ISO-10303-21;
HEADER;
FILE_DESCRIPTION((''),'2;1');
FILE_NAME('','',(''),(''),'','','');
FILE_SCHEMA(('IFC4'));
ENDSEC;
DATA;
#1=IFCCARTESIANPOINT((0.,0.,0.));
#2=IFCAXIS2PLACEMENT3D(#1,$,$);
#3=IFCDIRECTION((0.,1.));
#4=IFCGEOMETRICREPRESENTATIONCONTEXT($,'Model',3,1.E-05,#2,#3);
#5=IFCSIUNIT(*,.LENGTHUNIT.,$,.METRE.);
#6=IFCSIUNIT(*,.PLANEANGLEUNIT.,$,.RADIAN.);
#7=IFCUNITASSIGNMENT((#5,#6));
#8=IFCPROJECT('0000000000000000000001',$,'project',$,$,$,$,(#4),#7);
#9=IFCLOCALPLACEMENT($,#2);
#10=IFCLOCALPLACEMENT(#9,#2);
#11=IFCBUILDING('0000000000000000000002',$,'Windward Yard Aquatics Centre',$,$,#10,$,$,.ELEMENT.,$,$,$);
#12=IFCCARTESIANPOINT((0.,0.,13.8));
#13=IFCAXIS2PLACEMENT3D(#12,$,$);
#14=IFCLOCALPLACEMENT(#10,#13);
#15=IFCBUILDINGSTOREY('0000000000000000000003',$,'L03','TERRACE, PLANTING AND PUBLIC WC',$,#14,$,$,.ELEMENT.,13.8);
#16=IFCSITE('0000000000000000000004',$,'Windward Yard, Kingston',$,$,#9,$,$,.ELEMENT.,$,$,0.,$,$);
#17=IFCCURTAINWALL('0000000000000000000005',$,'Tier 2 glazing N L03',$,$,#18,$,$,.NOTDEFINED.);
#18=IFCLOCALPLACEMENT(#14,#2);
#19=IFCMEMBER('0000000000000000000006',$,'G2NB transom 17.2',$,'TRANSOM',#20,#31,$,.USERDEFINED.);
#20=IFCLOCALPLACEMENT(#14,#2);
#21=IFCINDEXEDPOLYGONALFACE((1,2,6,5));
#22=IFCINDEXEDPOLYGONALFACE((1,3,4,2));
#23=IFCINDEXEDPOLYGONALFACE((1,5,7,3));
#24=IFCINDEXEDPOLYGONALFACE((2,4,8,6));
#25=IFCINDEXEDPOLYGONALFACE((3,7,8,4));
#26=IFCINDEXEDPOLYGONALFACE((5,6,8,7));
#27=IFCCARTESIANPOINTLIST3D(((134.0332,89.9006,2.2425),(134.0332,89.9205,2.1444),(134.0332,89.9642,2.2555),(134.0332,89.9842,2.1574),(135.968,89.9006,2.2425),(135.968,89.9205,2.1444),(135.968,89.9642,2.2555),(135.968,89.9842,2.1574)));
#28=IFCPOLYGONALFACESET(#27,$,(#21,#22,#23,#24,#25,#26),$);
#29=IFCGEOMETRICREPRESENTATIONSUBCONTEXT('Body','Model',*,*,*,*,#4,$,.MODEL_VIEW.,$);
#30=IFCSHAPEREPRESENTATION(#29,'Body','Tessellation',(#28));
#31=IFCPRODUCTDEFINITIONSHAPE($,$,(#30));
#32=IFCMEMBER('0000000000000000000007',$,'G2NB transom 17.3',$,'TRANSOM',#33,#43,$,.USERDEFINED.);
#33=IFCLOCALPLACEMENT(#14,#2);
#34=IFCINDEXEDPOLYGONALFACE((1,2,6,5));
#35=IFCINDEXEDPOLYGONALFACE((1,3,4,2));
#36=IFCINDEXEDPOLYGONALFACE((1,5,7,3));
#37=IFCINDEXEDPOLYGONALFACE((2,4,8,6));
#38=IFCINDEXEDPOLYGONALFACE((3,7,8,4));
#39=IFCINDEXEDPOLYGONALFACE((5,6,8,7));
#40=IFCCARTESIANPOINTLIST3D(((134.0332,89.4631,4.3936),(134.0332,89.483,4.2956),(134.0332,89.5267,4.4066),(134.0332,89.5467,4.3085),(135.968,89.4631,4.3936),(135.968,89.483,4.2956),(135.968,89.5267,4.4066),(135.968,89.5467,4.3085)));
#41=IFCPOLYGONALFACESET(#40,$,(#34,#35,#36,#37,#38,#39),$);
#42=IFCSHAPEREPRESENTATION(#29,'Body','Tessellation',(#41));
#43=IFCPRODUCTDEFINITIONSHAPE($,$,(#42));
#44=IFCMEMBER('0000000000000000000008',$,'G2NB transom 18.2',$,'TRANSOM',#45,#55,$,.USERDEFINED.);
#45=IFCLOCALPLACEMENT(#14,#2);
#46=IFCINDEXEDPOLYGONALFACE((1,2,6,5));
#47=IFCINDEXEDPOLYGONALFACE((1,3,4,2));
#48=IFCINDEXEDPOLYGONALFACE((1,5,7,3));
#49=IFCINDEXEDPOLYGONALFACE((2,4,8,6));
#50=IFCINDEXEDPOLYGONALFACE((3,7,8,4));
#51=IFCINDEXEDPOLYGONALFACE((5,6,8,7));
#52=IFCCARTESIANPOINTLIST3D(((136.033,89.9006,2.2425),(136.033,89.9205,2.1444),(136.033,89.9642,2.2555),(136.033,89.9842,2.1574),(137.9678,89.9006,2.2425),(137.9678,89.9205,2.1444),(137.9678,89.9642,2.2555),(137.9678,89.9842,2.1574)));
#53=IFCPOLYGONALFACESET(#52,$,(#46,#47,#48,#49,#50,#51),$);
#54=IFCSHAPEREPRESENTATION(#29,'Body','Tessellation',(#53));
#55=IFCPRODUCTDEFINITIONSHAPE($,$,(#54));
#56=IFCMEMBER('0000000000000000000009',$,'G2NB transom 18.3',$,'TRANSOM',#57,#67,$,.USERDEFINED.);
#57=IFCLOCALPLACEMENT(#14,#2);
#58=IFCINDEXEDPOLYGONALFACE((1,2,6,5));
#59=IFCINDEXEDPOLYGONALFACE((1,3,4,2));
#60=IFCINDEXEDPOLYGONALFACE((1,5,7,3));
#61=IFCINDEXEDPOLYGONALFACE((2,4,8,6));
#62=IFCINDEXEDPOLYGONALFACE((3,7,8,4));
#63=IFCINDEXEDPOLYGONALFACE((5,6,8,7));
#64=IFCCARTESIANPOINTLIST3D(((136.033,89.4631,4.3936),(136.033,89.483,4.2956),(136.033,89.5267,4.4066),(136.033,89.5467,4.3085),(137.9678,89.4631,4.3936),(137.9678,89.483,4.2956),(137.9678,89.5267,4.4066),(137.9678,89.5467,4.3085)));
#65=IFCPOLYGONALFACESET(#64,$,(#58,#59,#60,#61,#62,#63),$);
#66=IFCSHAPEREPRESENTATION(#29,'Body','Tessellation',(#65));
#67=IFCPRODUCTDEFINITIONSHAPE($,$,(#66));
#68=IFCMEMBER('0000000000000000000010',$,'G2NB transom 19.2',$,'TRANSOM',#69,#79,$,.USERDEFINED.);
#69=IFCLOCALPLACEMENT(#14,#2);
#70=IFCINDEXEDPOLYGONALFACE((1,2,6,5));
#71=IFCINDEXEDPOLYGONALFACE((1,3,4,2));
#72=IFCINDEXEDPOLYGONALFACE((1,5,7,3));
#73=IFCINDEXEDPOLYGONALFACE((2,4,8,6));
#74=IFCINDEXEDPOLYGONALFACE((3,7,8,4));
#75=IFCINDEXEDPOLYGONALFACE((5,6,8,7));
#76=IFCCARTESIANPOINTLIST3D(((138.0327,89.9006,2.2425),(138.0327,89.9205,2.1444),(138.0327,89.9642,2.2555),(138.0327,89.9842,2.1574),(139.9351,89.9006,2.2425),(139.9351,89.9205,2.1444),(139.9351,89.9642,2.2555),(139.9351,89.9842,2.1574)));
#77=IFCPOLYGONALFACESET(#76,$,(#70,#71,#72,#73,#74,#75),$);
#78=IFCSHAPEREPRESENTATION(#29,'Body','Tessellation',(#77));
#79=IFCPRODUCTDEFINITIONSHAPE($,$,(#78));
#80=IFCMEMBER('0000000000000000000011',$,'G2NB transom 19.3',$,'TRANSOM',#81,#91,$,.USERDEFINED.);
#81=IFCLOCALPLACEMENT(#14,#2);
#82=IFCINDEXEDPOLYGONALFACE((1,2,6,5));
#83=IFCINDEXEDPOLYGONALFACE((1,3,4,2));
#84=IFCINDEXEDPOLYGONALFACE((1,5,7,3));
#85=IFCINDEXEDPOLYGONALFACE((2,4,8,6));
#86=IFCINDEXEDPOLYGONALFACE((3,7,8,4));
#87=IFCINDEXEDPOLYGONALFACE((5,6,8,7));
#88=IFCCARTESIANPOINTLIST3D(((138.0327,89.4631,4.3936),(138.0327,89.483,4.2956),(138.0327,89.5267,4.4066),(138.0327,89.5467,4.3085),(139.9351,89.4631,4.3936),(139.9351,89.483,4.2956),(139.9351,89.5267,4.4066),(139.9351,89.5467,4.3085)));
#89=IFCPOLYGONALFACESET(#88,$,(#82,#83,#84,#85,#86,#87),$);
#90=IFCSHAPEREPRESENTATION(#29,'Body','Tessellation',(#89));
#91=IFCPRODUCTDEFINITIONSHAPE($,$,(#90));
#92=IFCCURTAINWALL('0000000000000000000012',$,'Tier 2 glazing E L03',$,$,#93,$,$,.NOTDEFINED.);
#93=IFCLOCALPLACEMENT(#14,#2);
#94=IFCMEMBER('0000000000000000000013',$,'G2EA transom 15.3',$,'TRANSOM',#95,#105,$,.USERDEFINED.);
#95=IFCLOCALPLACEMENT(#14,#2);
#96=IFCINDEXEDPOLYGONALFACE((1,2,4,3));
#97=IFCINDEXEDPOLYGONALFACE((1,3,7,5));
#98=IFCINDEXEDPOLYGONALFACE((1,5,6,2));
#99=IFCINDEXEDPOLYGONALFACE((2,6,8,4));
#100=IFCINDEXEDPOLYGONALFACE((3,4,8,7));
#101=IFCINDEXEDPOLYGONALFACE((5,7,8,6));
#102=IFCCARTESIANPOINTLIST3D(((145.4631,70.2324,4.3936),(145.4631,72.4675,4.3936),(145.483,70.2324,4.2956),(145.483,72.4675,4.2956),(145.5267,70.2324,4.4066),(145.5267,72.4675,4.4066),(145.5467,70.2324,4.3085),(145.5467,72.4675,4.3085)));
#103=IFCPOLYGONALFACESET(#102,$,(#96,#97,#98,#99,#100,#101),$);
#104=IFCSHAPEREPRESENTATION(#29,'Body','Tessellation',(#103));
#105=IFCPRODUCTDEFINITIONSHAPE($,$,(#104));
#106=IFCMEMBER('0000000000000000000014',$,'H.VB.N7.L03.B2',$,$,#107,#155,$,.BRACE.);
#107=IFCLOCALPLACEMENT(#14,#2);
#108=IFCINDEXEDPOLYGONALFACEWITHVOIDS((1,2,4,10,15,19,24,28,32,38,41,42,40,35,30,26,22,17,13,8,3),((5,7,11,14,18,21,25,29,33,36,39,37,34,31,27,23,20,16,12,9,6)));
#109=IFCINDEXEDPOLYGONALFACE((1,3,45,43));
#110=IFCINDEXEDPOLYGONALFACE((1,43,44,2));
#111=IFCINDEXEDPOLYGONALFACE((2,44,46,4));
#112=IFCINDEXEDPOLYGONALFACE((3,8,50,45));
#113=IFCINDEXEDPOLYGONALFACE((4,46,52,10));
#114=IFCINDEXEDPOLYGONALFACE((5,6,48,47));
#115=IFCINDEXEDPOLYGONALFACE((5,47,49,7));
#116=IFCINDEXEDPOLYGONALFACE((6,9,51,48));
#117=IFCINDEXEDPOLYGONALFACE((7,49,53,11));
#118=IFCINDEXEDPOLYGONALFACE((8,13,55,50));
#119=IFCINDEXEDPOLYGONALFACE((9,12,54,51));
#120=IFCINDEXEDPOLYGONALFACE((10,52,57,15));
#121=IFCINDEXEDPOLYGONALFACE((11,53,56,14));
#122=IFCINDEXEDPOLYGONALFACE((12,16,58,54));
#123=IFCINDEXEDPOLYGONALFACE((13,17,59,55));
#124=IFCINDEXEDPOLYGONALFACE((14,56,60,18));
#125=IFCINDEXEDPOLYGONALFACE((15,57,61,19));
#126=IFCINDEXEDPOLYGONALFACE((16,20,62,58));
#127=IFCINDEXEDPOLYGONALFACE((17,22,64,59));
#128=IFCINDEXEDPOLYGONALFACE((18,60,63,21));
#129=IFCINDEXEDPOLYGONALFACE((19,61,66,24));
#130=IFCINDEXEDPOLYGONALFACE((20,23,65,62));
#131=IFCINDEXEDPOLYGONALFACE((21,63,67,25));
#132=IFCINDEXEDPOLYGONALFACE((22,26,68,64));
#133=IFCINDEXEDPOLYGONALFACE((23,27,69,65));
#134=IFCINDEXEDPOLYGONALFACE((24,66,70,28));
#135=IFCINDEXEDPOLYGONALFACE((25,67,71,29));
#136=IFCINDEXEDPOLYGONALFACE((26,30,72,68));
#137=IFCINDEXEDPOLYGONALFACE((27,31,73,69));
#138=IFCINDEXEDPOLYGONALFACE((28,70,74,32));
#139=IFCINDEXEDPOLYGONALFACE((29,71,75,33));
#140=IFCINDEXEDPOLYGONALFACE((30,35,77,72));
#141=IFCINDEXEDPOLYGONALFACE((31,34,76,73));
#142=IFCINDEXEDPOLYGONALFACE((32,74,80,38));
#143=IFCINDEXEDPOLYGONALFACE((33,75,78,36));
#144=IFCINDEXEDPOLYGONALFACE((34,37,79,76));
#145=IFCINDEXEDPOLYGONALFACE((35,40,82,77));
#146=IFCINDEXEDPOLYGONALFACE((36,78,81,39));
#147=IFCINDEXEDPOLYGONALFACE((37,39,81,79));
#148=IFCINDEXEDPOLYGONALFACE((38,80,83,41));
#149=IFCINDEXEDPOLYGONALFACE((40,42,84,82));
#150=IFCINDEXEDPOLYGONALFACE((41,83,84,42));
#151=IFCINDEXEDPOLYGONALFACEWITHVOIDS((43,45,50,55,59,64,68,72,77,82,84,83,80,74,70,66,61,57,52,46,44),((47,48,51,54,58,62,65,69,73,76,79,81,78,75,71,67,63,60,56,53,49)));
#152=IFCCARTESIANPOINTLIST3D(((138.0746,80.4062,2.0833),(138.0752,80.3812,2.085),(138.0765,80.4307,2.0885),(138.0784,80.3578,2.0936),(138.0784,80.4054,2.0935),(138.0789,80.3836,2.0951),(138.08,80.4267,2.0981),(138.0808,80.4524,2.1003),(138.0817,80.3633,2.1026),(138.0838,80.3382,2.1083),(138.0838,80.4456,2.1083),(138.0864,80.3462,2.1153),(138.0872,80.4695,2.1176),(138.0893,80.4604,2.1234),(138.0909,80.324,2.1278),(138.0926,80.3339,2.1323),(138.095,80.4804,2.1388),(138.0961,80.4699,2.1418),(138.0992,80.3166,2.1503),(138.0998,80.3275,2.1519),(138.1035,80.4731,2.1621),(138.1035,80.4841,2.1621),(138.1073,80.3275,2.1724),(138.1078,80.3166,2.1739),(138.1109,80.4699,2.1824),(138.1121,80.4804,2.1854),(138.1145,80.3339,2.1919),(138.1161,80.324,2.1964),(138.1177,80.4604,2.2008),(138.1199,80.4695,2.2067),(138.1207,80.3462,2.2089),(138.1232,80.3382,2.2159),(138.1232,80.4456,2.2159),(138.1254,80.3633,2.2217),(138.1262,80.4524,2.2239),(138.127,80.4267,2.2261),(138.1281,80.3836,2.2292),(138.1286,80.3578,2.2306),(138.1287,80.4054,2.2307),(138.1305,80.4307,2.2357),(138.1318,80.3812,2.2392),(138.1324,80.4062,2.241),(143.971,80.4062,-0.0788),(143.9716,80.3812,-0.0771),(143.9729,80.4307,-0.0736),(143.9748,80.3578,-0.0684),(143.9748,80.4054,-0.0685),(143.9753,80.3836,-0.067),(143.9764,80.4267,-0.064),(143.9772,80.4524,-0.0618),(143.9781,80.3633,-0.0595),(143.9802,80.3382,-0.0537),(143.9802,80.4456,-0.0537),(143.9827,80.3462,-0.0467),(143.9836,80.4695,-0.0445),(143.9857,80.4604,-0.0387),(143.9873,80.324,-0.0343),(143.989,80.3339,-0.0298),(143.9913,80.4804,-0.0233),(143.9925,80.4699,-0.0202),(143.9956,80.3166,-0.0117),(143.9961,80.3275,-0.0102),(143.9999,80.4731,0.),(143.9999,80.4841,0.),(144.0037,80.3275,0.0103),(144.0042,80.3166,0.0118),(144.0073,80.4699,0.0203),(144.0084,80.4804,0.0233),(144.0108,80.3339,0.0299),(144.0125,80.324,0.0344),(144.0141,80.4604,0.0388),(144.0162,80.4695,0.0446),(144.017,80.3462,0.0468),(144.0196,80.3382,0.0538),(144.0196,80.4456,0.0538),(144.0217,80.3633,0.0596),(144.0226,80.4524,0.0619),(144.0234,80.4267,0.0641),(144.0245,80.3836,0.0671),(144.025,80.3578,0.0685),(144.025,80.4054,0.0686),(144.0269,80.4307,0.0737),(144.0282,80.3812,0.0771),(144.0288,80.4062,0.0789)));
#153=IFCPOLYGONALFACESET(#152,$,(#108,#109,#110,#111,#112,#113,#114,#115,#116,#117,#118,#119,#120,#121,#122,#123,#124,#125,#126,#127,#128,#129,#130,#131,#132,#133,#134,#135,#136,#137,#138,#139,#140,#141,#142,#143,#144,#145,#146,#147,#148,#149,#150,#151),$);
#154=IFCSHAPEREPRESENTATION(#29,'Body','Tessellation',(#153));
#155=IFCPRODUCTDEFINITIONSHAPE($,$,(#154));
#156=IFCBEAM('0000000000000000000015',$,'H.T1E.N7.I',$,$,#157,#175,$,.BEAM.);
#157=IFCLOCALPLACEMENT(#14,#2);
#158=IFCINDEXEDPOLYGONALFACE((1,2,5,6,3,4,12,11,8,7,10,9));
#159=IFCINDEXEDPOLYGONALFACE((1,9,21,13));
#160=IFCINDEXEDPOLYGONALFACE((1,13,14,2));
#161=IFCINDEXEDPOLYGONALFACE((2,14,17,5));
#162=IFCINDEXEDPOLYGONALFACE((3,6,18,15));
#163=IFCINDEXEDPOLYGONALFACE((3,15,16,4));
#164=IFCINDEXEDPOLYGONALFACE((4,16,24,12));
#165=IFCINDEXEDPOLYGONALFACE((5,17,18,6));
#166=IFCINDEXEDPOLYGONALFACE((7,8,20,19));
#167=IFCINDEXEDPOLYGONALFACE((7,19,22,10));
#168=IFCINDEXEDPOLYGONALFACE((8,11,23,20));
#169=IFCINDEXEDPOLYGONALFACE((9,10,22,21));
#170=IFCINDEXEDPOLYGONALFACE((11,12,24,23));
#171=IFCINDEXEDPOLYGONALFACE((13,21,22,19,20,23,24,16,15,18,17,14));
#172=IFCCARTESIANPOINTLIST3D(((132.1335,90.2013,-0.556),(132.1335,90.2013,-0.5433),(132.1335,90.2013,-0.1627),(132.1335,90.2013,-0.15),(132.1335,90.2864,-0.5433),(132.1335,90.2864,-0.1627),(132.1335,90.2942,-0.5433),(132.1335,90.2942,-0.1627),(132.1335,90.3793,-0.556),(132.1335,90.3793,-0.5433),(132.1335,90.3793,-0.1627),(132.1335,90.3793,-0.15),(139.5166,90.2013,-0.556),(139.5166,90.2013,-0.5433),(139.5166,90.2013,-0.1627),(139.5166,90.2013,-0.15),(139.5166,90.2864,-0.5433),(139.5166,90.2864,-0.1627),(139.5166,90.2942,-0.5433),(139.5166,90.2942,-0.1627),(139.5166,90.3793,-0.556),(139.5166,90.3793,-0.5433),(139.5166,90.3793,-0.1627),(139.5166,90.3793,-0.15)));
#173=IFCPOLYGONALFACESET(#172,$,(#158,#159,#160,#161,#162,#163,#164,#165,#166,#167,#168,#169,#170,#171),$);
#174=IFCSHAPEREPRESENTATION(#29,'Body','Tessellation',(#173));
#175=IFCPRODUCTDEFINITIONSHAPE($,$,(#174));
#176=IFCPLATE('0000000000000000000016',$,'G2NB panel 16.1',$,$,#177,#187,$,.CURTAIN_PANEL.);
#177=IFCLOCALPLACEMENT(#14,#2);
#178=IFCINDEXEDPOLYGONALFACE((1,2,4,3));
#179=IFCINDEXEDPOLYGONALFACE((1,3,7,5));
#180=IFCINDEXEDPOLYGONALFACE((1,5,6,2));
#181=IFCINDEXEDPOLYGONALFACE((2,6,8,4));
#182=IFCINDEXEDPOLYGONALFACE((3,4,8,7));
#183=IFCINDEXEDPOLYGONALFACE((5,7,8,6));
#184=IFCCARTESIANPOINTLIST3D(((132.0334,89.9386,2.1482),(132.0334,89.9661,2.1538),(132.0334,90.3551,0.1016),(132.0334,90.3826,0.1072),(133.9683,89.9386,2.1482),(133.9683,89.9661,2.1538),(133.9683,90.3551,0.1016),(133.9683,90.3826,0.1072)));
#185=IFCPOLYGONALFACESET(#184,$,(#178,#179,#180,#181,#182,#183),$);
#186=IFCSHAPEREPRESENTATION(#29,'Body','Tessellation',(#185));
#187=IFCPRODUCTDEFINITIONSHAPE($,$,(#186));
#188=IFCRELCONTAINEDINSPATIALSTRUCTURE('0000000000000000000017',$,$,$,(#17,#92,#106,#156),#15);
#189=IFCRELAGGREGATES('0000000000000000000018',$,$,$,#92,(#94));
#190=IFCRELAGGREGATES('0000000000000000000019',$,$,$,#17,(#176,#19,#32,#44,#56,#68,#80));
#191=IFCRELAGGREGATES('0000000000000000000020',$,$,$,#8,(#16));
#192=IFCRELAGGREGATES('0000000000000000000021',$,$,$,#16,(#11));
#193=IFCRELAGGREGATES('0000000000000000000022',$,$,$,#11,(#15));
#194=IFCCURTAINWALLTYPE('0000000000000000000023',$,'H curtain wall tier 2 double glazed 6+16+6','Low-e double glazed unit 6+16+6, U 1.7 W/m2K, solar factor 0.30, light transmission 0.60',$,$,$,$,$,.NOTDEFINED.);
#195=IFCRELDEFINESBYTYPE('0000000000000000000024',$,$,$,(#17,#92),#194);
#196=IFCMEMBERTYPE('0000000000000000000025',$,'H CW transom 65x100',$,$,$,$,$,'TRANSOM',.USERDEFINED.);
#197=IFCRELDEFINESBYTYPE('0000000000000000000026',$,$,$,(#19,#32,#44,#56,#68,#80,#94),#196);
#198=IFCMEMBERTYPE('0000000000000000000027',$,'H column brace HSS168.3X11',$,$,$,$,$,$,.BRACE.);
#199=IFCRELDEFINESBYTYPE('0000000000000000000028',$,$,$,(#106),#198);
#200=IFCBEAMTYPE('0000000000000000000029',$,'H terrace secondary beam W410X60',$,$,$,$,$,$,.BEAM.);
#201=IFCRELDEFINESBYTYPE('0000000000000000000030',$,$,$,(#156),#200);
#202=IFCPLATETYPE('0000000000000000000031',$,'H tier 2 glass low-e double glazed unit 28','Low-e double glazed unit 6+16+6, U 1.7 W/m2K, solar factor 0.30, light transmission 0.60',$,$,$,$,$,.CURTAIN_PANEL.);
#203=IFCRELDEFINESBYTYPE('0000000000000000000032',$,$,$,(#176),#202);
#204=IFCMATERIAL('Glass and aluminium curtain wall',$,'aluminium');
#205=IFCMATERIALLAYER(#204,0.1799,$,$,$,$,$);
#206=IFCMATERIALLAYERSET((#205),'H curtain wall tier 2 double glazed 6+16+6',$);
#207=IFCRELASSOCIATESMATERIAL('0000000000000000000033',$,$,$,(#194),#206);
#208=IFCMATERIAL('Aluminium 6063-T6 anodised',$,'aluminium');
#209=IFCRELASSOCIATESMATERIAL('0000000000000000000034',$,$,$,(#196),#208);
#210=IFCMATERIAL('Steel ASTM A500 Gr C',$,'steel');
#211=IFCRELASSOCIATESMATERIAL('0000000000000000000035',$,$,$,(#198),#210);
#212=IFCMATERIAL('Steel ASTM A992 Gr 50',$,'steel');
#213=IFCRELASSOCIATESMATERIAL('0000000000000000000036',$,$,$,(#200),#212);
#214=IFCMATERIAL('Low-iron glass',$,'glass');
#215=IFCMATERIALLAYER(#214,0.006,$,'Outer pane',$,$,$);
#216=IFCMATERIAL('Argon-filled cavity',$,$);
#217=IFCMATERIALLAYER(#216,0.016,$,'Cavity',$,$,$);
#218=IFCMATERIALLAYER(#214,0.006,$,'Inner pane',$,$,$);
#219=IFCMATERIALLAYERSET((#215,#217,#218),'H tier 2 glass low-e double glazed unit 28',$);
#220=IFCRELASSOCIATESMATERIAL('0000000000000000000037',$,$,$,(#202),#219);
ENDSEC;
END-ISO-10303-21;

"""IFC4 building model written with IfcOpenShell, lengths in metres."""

from ifc_helpers import new_model, si_unit, direction, frame, origin, origin_2d, place, context, subcontext, project, spatial, polyline, rectangle, hollow_circle, i_section, outline, extrude, material, layer, layer_set, material_profile, profile_set, type_object, element, aggregate, save


model = new_model("IFC4")

# Units and contexts
model_context = context("Model", 3, precision=1e-05, world=origin(), true_north=direction((0.0, 1.0)))
body_context = subcontext(model_context, "Body", "Model", "MODEL_VIEW")
ifc_project = project(units=[si_unit("LENGTHUNIT", "METRE"), si_unit("PLANEANGLEUNIT", "RADIAN")], contexts=[model_context])

# Site, building, storey
site_placement = place(None, origin())
site = spatial("IfcSite", under=ifc_project, at=site_placement, Name="Windward Yard, Kingston", CompositionType="ELEMENT", RefElevation=0.0)
building_placement = place(site_placement, origin())
building = spatial("IfcBuilding", under=site, at=building_placement, Name="Windward Yard Aquatics Centre", CompositionType="ELEMENT")
storey_placement = place(building_placement, frame((0.0, 0.0, 13.8)))
storey = spatial("IfcBuildingStorey", under=building, at=storey_placement, Name="L03", Description="TERRACE, PLANTING AND PUBLIC WC", CompositionType="ELEMENT", Elevation=13.8)

# Shared definitions
ifc_material_1 = material(Name="Steel ASTM A500 Gr C", Category="steel")

# Curtain wall, members
ifc_material_2 = material(Name="Glass and aluminium curtain wall", Category="aluminium")
ifc_layer_1 = layer(ifc_material_2, 0.1799)
ifc_layer_set_1 = layer_set([ifc_layer_1], Name="H curtain wall tier 2 double glazed 6+16+6")
curtain_wall_type = type_object("IfcCurtainWallType", Name="H curtain wall tier 2 double glazed 6+16+6", Description="Low-e double glazed unit 6+16+6, U 1.7 W/m2K, solar factor 0.30, light transmission 0.60", PredefinedType="NOTDEFINED", material=ifc_layer_set_1)
curtain_wall_1_placement = place(storey_placement, origin())
curtain_wall_1 = element("IfcCurtainWall", 1, at=curtain_wall_1_placement, inside=storey, type_object=curtain_wall_type, Name="Tier 2 glazing N L03", PredefinedType="NOTDEFINED")
ifc_material_3 = material(Name="Aluminium 6063-T6 anodised", Category="aluminium")
ifc_material_profile_1 = material_profile(ifc_material_3, rectangle(XDim=0.0649, YDim=0.1001, at=origin_2d()), Name="H CW transom 65x100")
ifc_profile_set_1 = profile_set([ifc_material_profile_1], Name="Aluminium 6063-T6 anodised")
member_type_1 = type_object("IfcMemberType", Name="H CW transom 65x100", ElementType="TRANSOM", PredefinedType="USERDEFINED", material=ifc_profile_set_1)
member_1_placement = place(storey_placement, frame((134.0332, 89.9424, 2.2), z_axis=(1.0, 0.0, 0.0), x_axis=(0.0, 0.979925, 0.199368)))
member_1 = element("IfcMember", 2, at=member_1_placement, type_object=member_type_1, Name="G2NB transom 17.2", ObjectType="TRANSOM", PredefinedType="USERDEFINED", context=body_context, shape_type="SweptSolid", body=[
    extrude(rectangle(XDim=0.0649, YDim=0.1001, at=origin_2d()), origin(), (0.0, 0.0, 1.0), 1.9348),
])
member_2_placement = place(storey_placement, frame((134.0332, 89.5049, 4.3511), z_axis=(1.0, 0.0, 0.0), x_axis=(0.0, 0.979925, 0.199368)))
member_2 = element("IfcMember", 3, at=member_2_placement, type_object=member_type_1, Name="G2NB transom 17.3", ObjectType="TRANSOM", PredefinedType="USERDEFINED", context=body_context, shape_type="SweptSolid", body=[
    extrude(rectangle(XDim=0.0649, YDim=0.1001, at=origin_2d()), origin(), (0.0, 0.0, 1.0), 1.9348),
])
member_3_placement = place(storey_placement, frame((136.033, 89.9424, 2.2), z_axis=(1.0, 0.0, 0.0), x_axis=(0.0, 0.979925, 0.199368)))
member_3 = element("IfcMember", 4, at=member_3_placement, type_object=member_type_1, Name="G2NB transom 18.2", ObjectType="TRANSOM", PredefinedType="USERDEFINED", context=body_context, shape_type="SweptSolid", body=[
    extrude(rectangle(XDim=0.0649, YDim=0.1001, at=origin_2d()), origin(), (0.0, 0.0, 1.0), 1.9348),
])
member_4_placement = place(storey_placement, frame((136.033, 89.5049, 4.3511), z_axis=(1.0, 0.0, 0.0), x_axis=(0.0, 0.979925, 0.199368)))
member_4 = element("IfcMember", 5, at=member_4_placement, type_object=member_type_1, Name="G2NB transom 18.3", ObjectType="TRANSOM", PredefinedType="USERDEFINED", context=body_context, shape_type="SweptSolid", body=[
    extrude(rectangle(XDim=0.0649, YDim=0.1001, at=origin_2d()), origin(), (0.0, 0.0, 1.0), 1.9348),
])
member_5_placement = place(storey_placement, frame((138.0327, 89.9424, 2.2), z_axis=(1.0, 0.0, 0.0), x_axis=(0.0, 0.979925, 0.199368)))
member_5 = element("IfcMember", 6, at=member_5_placement, type_object=member_type_1, Name="G2NB transom 19.2", ObjectType="TRANSOM", PredefinedType="USERDEFINED", context=body_context, shape_type="SweptSolid", body=[
    extrude(rectangle(XDim=0.0649, YDim=0.1001, at=origin_2d()), origin(), (0.0, 0.0, 1.0), 1.9023),
])
member_6_placement = place(storey_placement, frame((138.0327, 89.5049, 4.3511), z_axis=(1.0, 0.0, 0.0), x_axis=(0.0, 0.979925, 0.199368)))
member_6 = element("IfcMember", 7, at=member_6_placement, type_object=member_type_1, Name="G2NB transom 19.3", ObjectType="TRANSOM", PredefinedType="USERDEFINED", context=body_context, shape_type="SweptSolid", body=[
    extrude(rectangle(XDim=0.0649, YDim=0.1001, at=origin_2d()), origin(), (0.0, 0.0, 1.0), 1.9023),
])

# Curtain wall, member
curtain_wall_2_placement = place(storey_placement, origin())
curtain_wall_2 = element("IfcCurtainWall", 8, at=curtain_wall_2_placement, inside=storey, type_object=curtain_wall_type, Name="Tier 2 glazing E L03", PredefinedType="NOTDEFINED")
member_7_placement = place(storey_placement, frame((145.5049, 70.2324, 4.3511), z_axis=(0.0, 1.0, 0.0), x_axis=(0.979925, 0.0, 0.199368)))
member_7 = element("IfcMember", 9, at=member_7_placement, type_object=member_type_1, Name="G2EA transom 15.3", ObjectType="TRANSOM", PredefinedType="USERDEFINED", context=body_context, shape_type="SweptSolid", body=[
    extrude(rectangle(XDim=0.0649, YDim=0.1001, at=origin_2d()), origin(), (0.0, 0.0, 1.0), 2.2351),
])
aggregate(curtain_wall_2, [member_7])

# Member
ifc_material_profile_2 = material_profile(ifc_material_1, hollow_circle(Radius=0.0842, WallThickness=0.011, at=origin_2d()), Name="HSS168.3X11")
ifc_profile_set_2 = profile_set([ifc_material_profile_2], Name="Steel ASTM A500 Gr C")
member_type_2 = type_object("IfcMemberType", Name="H column brace HSS168.3X11", PredefinedType="BRACE", material=ifc_profile_set_2)
member_8_placement = place(storey_placement, frame((138.1035, 80.3999, 2.1621), z_axis=(0.938873, 0.0, -0.344264), x_axis=(0.0, 1.0, 0.0)))
element("IfcMember", 10, at=member_8_placement, inside=storey, type_object=member_type_2, Name="H.VB.N7.L03.B2", PredefinedType="BRACE", context=body_context, shape_type="SweptSolid", body=[
    extrude(hollow_circle(Radius=0.0842, WallThickness=0.011, at=origin_2d()), origin(), (0.0, 0.0, 1.0), 6.2803),
])

# Beam
ifc_material_4 = material(Name="Steel ASTM A992 Gr 50", Category="steel")
ifc_material_profile_3 = material_profile(ifc_material_4, i_section(OverallWidth=0.178, OverallDepth=0.406, WebThickness=0.0078, FlangeThickness=0.0127, at=origin_2d()), Name="W410X60")
ifc_profile_set_3 = profile_set([ifc_material_profile_3], Name="Steel ASTM A992 Gr 50")
beam_type = type_object("IfcBeamType", Name="H terrace secondary beam W410X60", PredefinedType="BEAM", material=ifc_profile_set_3)
beam_placement = place(storey_placement, frame((132.1335, 90.2903, -0.353), z_axis=(1.0, 0.0, 0.0), x_axis=(0.0, 1.0, 0.0)))
element("IfcBeam", 11, at=beam_placement, inside=storey, type_object=beam_type, Name="H.T1E.N7.I", PredefinedType="BEAM", context=body_context, shape_type="SweptSolid", body=[
    extrude(i_section(OverallWidth=0.178, OverallDepth=0.406, WebThickness=0.0078, FlangeThickness=0.0127, at=origin_2d()), origin(), (0.0, 0.0, 1.0), 7.3831),
])

# Plate
ifc_material_5 = material(Name="Low-iron glass", Category="glass")
ifc_layer_2 = layer(ifc_material_5, 0.006, Name="Outer pane")
ifc_material_6 = material(Name="Argon-filled cavity")
ifc_layer_3 = layer(ifc_material_6, 0.016, Name="Cavity")
ifc_layer_4 = layer(ifc_material_5, 0.006, Name="Inner pane")
ifc_layer_set_2 = layer_set([ifc_layer_2, ifc_layer_3, ifc_layer_4], Name="H tier 2 glass low-e double glazed unit 28")
plate_type = type_object("IfcPlateType", Name="H tier 2 glass low-e double glazed unit 28", Description="Low-e double glazed unit 6+16+6, U 1.7 W/m2K, solar factor 0.30, light transmission 0.60", PredefinedType="CURTAIN_PANEL", material=ifc_layer_set_2)
plate_1_placement = place(storey_placement, frame((132.0334, 89.9661, 2.1538), z_axis=(0.0, 0.979914, 0.199419), x_axis=(0.0, 0.199419, -0.979914)))
plate_1 = element("IfcPlate", 12, at=plate_1_placement, type_object=plate_type, Name="G2NB panel 16.1", PredefinedType="CURTAIN_PANEL", context=body_context, shape_type="SweptSolid", body=[
    extrude(outline(polyline([(0.0, 0.0), (2.0886, 0.0), (2.0886, -1.9348), (0.0, -1.9348), (0.0, 0.0)])), origin(), (0.0, 0.0, -1.0), 0.0281),
])
aggregate(curtain_wall_1, [plate_1, member_1, member_2, member_3, member_4, member_5, member_6])

save(model, "model.ifc")
